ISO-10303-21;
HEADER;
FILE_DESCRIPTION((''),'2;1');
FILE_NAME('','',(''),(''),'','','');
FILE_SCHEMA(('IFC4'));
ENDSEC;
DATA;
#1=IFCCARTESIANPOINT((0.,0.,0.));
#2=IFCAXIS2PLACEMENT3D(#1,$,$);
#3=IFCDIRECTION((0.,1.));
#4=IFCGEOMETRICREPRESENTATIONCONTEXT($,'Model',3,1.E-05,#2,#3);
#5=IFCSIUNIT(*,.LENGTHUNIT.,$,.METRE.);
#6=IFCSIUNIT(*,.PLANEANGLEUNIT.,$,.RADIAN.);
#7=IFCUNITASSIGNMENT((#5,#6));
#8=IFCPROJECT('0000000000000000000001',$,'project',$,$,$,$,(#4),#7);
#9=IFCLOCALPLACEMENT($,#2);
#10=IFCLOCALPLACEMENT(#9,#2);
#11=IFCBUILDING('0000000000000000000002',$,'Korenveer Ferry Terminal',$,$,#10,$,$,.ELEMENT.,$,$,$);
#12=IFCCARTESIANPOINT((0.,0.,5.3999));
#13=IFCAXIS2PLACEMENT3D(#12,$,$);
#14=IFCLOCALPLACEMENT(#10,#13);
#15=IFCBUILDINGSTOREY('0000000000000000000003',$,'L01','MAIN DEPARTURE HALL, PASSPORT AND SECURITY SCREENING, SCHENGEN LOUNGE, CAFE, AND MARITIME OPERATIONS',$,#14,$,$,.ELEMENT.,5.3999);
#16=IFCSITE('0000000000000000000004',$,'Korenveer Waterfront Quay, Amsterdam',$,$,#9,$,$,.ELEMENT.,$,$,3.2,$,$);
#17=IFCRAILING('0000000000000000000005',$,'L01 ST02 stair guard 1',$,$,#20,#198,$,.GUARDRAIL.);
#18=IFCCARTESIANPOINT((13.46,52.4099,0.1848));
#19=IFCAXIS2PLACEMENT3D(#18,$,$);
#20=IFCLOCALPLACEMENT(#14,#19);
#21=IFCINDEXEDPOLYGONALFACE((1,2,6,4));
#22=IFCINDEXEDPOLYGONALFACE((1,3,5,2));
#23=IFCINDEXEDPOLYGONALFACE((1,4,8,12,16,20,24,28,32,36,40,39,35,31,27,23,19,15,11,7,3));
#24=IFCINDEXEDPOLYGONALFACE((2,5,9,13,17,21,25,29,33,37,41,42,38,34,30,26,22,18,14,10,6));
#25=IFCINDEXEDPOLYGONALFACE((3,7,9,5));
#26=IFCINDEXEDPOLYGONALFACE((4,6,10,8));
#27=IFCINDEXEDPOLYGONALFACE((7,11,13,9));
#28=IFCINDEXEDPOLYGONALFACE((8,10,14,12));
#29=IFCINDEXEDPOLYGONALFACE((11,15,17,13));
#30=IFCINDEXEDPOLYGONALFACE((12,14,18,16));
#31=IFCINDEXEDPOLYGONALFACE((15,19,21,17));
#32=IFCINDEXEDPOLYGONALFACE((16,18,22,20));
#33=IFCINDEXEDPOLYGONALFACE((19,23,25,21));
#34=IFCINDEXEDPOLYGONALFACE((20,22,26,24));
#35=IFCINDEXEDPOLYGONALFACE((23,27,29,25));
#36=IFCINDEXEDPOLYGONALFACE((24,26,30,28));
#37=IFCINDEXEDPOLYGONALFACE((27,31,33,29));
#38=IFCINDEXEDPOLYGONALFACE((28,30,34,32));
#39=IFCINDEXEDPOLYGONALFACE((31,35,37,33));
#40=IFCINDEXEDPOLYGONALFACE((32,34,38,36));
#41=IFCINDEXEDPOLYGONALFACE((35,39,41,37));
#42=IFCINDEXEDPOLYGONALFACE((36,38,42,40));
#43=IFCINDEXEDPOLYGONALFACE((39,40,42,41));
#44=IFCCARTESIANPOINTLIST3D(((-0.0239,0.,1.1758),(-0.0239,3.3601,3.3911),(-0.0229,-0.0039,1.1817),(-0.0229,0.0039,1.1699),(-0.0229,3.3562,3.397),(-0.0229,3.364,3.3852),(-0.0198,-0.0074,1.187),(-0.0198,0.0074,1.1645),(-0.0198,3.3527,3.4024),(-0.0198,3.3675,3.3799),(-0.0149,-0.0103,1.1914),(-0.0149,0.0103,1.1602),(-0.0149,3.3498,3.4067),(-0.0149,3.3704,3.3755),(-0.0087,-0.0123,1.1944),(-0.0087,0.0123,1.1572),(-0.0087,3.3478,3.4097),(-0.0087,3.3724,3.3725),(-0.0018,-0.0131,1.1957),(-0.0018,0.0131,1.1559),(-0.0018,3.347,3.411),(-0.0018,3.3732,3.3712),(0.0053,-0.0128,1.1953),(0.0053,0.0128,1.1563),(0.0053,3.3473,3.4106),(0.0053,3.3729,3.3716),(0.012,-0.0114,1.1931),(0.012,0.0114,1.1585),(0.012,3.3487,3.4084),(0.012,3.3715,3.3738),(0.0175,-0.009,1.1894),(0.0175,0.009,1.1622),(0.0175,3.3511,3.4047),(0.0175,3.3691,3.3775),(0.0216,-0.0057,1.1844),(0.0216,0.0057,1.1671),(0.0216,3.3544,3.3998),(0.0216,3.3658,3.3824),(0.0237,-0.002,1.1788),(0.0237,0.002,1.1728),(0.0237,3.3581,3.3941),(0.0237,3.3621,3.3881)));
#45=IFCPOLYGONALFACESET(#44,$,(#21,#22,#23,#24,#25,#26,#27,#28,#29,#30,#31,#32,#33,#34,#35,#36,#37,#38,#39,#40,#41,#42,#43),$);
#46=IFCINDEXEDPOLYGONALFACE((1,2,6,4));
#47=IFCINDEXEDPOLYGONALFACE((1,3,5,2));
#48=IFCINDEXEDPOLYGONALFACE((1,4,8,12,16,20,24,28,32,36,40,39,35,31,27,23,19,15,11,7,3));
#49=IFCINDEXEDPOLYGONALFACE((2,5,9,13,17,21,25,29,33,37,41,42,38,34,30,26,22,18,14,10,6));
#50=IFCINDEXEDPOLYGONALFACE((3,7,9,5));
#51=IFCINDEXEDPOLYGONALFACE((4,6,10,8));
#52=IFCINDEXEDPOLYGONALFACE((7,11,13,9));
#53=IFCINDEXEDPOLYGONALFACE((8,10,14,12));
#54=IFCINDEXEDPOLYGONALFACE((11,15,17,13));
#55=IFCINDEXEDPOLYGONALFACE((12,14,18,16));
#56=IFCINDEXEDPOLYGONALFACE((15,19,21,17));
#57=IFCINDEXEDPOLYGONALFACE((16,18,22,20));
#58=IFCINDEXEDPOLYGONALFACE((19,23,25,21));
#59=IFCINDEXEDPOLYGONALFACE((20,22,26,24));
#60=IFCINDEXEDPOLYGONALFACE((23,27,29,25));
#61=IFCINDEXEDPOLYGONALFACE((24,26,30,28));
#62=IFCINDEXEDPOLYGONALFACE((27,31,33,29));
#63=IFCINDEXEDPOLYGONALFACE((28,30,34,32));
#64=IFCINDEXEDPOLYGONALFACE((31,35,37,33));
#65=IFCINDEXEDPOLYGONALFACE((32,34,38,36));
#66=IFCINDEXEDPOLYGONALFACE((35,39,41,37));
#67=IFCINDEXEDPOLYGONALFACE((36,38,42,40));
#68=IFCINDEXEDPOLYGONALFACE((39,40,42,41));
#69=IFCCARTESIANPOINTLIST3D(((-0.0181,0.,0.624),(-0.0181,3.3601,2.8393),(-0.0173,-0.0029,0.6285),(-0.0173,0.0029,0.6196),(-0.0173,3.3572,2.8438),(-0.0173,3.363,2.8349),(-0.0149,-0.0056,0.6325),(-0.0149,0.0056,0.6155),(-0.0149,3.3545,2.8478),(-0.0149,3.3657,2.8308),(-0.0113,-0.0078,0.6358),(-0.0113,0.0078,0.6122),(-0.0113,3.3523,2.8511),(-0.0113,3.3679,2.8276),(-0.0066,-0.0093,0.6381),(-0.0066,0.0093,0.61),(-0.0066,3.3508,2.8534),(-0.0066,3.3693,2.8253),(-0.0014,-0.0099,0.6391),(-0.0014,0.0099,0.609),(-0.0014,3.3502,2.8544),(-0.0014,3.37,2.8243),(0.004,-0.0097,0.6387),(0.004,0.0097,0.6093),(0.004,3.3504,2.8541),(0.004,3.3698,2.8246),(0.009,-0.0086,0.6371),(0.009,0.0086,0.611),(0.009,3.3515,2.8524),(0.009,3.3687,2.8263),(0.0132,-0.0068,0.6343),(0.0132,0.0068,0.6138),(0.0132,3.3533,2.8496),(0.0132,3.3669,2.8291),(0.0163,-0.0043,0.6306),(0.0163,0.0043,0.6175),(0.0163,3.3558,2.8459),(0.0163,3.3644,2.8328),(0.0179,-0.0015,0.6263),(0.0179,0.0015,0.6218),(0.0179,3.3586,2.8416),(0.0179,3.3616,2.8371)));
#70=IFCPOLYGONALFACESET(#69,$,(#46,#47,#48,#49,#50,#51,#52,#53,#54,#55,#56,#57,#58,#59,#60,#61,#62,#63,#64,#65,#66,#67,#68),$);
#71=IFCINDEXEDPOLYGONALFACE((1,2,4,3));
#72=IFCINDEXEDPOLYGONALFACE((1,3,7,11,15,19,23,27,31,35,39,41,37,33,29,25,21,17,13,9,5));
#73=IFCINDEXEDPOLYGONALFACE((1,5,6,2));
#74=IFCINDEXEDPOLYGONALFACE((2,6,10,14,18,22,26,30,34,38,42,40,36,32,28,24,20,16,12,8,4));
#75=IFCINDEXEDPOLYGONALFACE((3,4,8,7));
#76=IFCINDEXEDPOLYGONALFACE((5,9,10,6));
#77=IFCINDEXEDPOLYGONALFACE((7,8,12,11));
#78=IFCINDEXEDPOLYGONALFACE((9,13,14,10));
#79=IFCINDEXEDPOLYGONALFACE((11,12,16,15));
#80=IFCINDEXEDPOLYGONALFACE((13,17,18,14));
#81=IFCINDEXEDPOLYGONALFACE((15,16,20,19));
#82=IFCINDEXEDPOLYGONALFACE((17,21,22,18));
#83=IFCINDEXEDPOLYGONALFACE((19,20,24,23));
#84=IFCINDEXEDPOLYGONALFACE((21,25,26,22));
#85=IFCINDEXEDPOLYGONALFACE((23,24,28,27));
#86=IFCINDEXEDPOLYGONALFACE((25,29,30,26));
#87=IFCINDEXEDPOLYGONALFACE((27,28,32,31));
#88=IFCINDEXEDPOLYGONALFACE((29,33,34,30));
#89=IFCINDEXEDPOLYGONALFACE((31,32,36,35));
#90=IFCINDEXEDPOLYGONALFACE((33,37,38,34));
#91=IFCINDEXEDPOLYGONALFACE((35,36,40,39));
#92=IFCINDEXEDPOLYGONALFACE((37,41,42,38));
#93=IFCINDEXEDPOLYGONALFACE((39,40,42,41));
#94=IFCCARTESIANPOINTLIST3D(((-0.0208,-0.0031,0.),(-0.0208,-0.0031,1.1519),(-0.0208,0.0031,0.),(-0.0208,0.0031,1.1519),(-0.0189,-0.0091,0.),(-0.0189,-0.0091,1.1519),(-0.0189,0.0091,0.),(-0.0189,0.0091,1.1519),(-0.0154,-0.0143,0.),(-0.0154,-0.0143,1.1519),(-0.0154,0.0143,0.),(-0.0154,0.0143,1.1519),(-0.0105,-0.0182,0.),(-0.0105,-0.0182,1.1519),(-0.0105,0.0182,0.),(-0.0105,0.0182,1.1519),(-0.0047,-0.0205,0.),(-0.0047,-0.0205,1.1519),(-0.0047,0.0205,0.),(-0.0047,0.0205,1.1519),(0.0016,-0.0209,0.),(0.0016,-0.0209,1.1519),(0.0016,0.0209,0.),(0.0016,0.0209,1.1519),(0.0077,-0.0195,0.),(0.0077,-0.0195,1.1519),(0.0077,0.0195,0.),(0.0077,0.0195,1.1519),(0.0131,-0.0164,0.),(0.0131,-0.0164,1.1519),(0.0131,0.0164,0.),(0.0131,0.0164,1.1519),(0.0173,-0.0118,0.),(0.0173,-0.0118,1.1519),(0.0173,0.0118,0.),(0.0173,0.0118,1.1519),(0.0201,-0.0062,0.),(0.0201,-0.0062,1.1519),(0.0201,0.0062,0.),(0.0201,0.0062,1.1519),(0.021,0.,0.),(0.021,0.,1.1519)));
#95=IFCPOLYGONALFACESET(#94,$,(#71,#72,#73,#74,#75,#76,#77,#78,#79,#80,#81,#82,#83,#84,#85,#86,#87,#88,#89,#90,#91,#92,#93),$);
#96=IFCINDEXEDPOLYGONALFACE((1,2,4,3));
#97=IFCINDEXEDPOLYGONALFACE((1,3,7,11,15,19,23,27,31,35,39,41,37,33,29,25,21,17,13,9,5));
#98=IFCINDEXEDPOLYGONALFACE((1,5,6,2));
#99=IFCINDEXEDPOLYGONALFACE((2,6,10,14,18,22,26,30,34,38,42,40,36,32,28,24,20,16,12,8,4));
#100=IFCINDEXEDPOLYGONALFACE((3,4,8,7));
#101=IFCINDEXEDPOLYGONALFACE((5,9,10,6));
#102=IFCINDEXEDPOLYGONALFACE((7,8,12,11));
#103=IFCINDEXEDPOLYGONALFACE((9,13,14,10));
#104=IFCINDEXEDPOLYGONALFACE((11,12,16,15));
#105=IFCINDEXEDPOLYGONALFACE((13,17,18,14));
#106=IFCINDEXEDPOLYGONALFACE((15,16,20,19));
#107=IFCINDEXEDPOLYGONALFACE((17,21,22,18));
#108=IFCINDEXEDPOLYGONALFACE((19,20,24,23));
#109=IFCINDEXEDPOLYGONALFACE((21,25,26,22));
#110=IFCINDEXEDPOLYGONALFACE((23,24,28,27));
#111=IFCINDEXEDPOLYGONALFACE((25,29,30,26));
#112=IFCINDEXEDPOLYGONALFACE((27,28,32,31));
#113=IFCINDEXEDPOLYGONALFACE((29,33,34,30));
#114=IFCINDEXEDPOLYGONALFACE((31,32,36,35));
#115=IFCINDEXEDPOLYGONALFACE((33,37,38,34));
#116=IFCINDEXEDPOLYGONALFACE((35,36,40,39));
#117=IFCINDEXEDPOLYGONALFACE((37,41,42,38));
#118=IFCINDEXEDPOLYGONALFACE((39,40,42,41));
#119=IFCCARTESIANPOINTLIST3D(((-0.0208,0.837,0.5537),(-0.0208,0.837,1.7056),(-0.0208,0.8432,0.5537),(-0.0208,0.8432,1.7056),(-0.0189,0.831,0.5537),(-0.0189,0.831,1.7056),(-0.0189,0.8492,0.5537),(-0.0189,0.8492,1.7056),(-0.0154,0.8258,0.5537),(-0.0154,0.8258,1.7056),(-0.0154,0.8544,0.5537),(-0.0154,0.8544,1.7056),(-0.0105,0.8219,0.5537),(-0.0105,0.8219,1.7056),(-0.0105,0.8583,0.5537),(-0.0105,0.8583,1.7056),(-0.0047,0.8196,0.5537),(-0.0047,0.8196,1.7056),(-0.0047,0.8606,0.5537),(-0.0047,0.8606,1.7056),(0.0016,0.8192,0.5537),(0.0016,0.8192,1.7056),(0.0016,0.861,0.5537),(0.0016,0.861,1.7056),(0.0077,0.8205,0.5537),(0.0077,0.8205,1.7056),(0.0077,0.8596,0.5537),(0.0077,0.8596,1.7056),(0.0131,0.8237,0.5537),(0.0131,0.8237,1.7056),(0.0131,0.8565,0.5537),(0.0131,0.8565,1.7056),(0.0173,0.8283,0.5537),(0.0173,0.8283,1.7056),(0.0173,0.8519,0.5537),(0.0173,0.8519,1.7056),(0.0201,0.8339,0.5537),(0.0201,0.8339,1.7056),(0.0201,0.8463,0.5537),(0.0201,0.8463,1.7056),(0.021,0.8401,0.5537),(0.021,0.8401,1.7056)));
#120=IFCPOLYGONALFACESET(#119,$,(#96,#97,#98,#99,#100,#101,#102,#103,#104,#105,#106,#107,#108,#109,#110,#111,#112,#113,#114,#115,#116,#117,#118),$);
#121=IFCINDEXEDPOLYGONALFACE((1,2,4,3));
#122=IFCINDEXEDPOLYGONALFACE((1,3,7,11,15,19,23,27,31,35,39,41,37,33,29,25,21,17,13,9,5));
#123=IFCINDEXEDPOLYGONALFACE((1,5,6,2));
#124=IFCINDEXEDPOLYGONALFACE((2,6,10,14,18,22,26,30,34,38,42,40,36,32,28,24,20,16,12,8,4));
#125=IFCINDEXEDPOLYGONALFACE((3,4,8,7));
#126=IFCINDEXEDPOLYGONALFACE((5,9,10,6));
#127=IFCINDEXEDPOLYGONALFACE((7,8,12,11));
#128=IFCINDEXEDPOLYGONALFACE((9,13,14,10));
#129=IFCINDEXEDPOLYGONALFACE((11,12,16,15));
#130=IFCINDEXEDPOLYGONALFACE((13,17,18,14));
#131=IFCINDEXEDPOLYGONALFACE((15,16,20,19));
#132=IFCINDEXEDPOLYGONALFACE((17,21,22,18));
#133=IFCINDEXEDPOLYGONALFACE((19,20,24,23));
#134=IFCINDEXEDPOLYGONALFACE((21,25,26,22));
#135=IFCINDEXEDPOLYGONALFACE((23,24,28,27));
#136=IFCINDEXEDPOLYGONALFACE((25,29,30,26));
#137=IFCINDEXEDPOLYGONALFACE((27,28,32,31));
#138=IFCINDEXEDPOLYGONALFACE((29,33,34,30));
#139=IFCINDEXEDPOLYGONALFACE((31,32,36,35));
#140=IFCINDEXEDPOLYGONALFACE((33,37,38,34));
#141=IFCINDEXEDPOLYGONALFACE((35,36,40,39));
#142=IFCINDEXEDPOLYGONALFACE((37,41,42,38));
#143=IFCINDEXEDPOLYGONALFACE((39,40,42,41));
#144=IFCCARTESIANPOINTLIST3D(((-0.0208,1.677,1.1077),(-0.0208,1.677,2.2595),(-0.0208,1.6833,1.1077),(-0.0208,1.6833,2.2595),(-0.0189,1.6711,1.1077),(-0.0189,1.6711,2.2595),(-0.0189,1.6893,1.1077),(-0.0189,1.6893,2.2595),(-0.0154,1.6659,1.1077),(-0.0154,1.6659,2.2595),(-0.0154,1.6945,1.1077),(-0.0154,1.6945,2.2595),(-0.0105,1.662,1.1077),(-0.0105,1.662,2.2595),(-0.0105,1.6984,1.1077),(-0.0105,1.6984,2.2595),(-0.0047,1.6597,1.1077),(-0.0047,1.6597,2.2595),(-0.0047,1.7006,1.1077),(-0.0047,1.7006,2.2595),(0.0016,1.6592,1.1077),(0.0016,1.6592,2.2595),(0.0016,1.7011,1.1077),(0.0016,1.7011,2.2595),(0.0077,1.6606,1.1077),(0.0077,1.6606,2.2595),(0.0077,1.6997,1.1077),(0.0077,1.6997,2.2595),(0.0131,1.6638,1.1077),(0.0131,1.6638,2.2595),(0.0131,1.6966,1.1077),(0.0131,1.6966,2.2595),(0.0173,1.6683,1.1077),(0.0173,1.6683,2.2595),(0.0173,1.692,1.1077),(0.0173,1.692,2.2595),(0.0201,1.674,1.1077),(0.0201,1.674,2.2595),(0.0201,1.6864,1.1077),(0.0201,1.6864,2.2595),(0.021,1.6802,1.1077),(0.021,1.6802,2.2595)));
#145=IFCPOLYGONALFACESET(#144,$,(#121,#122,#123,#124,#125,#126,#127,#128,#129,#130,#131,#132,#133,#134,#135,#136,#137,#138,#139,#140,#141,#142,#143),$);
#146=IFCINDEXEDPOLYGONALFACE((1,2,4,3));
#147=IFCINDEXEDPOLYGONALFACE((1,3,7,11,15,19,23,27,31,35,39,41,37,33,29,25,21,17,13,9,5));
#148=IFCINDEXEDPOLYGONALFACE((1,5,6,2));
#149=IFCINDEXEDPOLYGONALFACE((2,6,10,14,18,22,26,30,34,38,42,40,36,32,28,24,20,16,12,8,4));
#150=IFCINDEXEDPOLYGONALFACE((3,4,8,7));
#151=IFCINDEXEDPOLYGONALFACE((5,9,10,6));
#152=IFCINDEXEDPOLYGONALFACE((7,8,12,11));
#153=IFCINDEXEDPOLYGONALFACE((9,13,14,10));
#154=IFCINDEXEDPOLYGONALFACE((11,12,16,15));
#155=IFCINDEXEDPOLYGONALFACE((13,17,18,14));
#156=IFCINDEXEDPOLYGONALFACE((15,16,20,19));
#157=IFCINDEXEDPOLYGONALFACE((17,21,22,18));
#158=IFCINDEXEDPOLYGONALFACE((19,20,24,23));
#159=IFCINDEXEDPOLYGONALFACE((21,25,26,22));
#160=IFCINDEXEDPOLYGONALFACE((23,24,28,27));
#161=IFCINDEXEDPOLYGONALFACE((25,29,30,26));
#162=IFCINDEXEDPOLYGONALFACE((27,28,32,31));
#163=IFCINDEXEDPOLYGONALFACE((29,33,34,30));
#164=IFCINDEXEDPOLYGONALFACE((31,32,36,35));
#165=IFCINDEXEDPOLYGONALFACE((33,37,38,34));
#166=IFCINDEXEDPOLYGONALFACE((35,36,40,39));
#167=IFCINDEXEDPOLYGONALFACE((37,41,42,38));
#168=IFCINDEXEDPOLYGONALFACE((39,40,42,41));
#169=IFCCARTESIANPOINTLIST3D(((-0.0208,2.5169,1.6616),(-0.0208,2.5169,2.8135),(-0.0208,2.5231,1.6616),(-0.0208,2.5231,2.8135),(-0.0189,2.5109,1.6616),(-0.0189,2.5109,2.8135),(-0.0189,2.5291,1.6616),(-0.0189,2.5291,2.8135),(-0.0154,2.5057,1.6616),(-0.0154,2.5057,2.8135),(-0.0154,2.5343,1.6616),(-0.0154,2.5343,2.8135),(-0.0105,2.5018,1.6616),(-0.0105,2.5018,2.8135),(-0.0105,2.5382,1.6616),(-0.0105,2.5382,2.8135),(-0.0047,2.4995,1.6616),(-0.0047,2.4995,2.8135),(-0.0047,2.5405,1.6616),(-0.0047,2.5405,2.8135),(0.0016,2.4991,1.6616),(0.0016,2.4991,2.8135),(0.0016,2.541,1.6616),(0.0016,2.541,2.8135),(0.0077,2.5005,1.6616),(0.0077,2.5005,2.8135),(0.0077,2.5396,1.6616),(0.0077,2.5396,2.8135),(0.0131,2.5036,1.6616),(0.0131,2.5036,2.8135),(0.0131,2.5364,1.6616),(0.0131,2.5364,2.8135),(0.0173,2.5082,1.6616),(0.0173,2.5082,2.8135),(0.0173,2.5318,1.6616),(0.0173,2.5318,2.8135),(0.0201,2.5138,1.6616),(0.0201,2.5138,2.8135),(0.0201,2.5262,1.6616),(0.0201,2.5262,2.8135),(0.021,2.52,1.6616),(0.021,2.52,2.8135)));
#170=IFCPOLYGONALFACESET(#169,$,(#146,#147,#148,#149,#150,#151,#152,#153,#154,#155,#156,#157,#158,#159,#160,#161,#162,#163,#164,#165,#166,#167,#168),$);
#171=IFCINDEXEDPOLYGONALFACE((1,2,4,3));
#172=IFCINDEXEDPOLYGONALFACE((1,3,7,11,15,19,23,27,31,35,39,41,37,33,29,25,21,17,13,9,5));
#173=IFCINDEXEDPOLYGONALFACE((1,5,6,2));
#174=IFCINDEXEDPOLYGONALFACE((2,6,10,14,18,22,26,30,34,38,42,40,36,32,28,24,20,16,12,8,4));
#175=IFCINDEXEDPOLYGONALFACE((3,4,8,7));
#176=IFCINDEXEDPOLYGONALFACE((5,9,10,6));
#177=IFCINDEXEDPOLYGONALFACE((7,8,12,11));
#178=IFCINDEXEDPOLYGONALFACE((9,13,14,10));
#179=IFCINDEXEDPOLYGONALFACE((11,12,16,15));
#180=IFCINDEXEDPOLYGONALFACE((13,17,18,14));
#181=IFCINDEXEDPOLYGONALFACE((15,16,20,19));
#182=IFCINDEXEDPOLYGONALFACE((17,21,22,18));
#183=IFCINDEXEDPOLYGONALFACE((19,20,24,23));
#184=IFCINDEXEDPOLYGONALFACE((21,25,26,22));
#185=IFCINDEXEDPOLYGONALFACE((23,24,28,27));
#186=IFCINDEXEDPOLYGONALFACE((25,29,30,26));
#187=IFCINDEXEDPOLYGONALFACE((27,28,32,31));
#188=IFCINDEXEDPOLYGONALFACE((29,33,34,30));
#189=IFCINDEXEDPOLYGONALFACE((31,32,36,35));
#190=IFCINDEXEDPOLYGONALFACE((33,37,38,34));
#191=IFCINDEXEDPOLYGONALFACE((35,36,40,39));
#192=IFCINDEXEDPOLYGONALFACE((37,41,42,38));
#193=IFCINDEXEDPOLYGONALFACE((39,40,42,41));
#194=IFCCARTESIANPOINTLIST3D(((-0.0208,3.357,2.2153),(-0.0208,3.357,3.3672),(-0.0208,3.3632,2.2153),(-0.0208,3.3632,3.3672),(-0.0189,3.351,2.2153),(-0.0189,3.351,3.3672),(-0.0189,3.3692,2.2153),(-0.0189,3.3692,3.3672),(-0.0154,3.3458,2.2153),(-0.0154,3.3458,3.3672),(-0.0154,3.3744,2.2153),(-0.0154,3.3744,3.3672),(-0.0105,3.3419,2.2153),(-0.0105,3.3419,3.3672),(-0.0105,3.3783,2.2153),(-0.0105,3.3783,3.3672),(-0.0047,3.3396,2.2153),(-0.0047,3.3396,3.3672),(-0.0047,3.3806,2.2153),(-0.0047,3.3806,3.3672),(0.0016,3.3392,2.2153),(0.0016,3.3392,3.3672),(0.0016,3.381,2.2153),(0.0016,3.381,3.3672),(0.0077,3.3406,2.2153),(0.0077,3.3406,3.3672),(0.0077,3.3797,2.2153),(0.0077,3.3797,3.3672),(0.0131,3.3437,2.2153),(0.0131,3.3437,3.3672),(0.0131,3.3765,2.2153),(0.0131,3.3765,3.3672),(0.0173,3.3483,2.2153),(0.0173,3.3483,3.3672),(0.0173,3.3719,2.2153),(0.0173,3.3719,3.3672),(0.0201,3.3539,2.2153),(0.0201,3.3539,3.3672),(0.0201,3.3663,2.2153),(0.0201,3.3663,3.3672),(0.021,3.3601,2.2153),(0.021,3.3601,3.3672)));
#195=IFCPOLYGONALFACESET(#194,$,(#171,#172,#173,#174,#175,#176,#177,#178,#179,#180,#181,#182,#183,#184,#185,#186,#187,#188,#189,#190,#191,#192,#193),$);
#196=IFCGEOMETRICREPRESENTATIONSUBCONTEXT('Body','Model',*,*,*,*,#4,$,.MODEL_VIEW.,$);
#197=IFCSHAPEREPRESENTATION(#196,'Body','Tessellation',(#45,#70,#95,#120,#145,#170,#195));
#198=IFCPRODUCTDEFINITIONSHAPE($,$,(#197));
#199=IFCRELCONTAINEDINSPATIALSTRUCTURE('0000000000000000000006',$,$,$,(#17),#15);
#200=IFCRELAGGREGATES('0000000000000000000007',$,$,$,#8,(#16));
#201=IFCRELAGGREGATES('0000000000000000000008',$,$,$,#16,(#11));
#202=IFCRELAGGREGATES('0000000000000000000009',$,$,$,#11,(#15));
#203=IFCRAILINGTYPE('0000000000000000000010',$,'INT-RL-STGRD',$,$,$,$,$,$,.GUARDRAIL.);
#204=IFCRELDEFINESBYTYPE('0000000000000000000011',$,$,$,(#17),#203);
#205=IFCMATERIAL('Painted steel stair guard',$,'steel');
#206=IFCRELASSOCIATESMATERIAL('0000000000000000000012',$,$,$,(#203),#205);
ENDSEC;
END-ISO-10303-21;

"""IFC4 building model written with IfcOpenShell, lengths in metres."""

from ifc_helpers import new_model, si_unit, direction, frame, origin, origin_2d, place, context, subcontext, project, spatial, circle, extrude, material, type_object, element, save


model = new_model("IFC4")

# Units and contexts
model_context = context("Model", 3, precision=1e-05, world=origin(), true_north=direction((0.0, 1.0)))
body_context = subcontext(model_context, "Body", "Model", "MODEL_VIEW")
ifc_project = project(units=[si_unit("LENGTHUNIT", "METRE"), si_unit("PLANEANGLEUNIT", "RADIAN")], contexts=[model_context])

# Site, building, storey
site_placement = place(None, origin())
site = spatial("IfcSite", under=ifc_project, at=site_placement, Name="Korenveer Waterfront Quay, Amsterdam", CompositionType="ELEMENT", RefElevation=3.2)
building_placement = place(site_placement, origin())
building = spatial("IfcBuilding", under=site, at=building_placement, Name="Korenveer Ferry Terminal", CompositionType="ELEMENT")
storey_placement = place(building_placement, frame((0.0, 0.0, 5.3999)))
storey = spatial("IfcBuildingStorey", under=building, at=storey_placement, Name="L01", Description="MAIN DEPARTURE HALL, PASSPORT AND SECURITY SCREENING, SCHENGEN LOUNGE, CAFE, AND MARITIME OPERATIONS", CompositionType="ELEMENT", Elevation=5.3999)

# Railing
ifc_material_1 = material(Name="Painted steel stair guard", Category="steel")
railing_type_1 = type_object("IfcRailingType", Name="INT-RL-STGRD", PredefinedType="GUARDRAIL", material=ifc_material_1)
railing_1_placement = place(storey_placement, frame((13.46, 52.4099, 0.1848)))
element("IfcRailing", 1, at=railing_1_placement, inside=storey, type_object=railing_type_1, Name="L01 ST02 stair guard 1", PredefinedType="GUARDRAIL", context=body_context, shape_type="SweptSolid", body=[
    extrude(circle(Radius=0.0239, at=origin_2d()), frame((0.0, 0.0, 1.1758), z_axis=(0.0, 0.834876, 0.550437), x_axis=(-1.0, 0.0, 0.0)), (0.0, 0.0, 1.0), 4.0247),
    extrude(circle(Radius=0.0181, at=origin_2d()), frame((0.0, 0.0, 0.624), z_axis=(0.0, 0.834876, 0.550437), x_axis=(-1.0, 0.0, 0.0)), (0.0, 0.0, 1.0), 4.0247),
    extrude(circle(Radius=0.021, at=origin_2d()), origin(), (0.0, 0.0, 1.0), 1.1519),
    extrude(circle(Radius=0.021, at=origin_2d()), frame((0.0, 0.8401, 0.5537)), (0.0, 0.0, 1.0), 1.1519),
    extrude(circle(Radius=0.021, at=origin_2d()), frame((0.0, 1.6802, 1.1077)), (0.0, 0.0, 1.0), 1.1519),
    extrude(circle(Radius=0.021, at=origin_2d()), frame((0.0, 2.52, 1.6616)), (0.0, 0.0, 1.0), 1.1519),
    extrude(circle(Radius=0.021, at=origin_2d()), frame((0.0, 3.3601, 2.2153)), (0.0, 0.0, 1.0), 1.1519),
])

save(model, "model.ifc")
